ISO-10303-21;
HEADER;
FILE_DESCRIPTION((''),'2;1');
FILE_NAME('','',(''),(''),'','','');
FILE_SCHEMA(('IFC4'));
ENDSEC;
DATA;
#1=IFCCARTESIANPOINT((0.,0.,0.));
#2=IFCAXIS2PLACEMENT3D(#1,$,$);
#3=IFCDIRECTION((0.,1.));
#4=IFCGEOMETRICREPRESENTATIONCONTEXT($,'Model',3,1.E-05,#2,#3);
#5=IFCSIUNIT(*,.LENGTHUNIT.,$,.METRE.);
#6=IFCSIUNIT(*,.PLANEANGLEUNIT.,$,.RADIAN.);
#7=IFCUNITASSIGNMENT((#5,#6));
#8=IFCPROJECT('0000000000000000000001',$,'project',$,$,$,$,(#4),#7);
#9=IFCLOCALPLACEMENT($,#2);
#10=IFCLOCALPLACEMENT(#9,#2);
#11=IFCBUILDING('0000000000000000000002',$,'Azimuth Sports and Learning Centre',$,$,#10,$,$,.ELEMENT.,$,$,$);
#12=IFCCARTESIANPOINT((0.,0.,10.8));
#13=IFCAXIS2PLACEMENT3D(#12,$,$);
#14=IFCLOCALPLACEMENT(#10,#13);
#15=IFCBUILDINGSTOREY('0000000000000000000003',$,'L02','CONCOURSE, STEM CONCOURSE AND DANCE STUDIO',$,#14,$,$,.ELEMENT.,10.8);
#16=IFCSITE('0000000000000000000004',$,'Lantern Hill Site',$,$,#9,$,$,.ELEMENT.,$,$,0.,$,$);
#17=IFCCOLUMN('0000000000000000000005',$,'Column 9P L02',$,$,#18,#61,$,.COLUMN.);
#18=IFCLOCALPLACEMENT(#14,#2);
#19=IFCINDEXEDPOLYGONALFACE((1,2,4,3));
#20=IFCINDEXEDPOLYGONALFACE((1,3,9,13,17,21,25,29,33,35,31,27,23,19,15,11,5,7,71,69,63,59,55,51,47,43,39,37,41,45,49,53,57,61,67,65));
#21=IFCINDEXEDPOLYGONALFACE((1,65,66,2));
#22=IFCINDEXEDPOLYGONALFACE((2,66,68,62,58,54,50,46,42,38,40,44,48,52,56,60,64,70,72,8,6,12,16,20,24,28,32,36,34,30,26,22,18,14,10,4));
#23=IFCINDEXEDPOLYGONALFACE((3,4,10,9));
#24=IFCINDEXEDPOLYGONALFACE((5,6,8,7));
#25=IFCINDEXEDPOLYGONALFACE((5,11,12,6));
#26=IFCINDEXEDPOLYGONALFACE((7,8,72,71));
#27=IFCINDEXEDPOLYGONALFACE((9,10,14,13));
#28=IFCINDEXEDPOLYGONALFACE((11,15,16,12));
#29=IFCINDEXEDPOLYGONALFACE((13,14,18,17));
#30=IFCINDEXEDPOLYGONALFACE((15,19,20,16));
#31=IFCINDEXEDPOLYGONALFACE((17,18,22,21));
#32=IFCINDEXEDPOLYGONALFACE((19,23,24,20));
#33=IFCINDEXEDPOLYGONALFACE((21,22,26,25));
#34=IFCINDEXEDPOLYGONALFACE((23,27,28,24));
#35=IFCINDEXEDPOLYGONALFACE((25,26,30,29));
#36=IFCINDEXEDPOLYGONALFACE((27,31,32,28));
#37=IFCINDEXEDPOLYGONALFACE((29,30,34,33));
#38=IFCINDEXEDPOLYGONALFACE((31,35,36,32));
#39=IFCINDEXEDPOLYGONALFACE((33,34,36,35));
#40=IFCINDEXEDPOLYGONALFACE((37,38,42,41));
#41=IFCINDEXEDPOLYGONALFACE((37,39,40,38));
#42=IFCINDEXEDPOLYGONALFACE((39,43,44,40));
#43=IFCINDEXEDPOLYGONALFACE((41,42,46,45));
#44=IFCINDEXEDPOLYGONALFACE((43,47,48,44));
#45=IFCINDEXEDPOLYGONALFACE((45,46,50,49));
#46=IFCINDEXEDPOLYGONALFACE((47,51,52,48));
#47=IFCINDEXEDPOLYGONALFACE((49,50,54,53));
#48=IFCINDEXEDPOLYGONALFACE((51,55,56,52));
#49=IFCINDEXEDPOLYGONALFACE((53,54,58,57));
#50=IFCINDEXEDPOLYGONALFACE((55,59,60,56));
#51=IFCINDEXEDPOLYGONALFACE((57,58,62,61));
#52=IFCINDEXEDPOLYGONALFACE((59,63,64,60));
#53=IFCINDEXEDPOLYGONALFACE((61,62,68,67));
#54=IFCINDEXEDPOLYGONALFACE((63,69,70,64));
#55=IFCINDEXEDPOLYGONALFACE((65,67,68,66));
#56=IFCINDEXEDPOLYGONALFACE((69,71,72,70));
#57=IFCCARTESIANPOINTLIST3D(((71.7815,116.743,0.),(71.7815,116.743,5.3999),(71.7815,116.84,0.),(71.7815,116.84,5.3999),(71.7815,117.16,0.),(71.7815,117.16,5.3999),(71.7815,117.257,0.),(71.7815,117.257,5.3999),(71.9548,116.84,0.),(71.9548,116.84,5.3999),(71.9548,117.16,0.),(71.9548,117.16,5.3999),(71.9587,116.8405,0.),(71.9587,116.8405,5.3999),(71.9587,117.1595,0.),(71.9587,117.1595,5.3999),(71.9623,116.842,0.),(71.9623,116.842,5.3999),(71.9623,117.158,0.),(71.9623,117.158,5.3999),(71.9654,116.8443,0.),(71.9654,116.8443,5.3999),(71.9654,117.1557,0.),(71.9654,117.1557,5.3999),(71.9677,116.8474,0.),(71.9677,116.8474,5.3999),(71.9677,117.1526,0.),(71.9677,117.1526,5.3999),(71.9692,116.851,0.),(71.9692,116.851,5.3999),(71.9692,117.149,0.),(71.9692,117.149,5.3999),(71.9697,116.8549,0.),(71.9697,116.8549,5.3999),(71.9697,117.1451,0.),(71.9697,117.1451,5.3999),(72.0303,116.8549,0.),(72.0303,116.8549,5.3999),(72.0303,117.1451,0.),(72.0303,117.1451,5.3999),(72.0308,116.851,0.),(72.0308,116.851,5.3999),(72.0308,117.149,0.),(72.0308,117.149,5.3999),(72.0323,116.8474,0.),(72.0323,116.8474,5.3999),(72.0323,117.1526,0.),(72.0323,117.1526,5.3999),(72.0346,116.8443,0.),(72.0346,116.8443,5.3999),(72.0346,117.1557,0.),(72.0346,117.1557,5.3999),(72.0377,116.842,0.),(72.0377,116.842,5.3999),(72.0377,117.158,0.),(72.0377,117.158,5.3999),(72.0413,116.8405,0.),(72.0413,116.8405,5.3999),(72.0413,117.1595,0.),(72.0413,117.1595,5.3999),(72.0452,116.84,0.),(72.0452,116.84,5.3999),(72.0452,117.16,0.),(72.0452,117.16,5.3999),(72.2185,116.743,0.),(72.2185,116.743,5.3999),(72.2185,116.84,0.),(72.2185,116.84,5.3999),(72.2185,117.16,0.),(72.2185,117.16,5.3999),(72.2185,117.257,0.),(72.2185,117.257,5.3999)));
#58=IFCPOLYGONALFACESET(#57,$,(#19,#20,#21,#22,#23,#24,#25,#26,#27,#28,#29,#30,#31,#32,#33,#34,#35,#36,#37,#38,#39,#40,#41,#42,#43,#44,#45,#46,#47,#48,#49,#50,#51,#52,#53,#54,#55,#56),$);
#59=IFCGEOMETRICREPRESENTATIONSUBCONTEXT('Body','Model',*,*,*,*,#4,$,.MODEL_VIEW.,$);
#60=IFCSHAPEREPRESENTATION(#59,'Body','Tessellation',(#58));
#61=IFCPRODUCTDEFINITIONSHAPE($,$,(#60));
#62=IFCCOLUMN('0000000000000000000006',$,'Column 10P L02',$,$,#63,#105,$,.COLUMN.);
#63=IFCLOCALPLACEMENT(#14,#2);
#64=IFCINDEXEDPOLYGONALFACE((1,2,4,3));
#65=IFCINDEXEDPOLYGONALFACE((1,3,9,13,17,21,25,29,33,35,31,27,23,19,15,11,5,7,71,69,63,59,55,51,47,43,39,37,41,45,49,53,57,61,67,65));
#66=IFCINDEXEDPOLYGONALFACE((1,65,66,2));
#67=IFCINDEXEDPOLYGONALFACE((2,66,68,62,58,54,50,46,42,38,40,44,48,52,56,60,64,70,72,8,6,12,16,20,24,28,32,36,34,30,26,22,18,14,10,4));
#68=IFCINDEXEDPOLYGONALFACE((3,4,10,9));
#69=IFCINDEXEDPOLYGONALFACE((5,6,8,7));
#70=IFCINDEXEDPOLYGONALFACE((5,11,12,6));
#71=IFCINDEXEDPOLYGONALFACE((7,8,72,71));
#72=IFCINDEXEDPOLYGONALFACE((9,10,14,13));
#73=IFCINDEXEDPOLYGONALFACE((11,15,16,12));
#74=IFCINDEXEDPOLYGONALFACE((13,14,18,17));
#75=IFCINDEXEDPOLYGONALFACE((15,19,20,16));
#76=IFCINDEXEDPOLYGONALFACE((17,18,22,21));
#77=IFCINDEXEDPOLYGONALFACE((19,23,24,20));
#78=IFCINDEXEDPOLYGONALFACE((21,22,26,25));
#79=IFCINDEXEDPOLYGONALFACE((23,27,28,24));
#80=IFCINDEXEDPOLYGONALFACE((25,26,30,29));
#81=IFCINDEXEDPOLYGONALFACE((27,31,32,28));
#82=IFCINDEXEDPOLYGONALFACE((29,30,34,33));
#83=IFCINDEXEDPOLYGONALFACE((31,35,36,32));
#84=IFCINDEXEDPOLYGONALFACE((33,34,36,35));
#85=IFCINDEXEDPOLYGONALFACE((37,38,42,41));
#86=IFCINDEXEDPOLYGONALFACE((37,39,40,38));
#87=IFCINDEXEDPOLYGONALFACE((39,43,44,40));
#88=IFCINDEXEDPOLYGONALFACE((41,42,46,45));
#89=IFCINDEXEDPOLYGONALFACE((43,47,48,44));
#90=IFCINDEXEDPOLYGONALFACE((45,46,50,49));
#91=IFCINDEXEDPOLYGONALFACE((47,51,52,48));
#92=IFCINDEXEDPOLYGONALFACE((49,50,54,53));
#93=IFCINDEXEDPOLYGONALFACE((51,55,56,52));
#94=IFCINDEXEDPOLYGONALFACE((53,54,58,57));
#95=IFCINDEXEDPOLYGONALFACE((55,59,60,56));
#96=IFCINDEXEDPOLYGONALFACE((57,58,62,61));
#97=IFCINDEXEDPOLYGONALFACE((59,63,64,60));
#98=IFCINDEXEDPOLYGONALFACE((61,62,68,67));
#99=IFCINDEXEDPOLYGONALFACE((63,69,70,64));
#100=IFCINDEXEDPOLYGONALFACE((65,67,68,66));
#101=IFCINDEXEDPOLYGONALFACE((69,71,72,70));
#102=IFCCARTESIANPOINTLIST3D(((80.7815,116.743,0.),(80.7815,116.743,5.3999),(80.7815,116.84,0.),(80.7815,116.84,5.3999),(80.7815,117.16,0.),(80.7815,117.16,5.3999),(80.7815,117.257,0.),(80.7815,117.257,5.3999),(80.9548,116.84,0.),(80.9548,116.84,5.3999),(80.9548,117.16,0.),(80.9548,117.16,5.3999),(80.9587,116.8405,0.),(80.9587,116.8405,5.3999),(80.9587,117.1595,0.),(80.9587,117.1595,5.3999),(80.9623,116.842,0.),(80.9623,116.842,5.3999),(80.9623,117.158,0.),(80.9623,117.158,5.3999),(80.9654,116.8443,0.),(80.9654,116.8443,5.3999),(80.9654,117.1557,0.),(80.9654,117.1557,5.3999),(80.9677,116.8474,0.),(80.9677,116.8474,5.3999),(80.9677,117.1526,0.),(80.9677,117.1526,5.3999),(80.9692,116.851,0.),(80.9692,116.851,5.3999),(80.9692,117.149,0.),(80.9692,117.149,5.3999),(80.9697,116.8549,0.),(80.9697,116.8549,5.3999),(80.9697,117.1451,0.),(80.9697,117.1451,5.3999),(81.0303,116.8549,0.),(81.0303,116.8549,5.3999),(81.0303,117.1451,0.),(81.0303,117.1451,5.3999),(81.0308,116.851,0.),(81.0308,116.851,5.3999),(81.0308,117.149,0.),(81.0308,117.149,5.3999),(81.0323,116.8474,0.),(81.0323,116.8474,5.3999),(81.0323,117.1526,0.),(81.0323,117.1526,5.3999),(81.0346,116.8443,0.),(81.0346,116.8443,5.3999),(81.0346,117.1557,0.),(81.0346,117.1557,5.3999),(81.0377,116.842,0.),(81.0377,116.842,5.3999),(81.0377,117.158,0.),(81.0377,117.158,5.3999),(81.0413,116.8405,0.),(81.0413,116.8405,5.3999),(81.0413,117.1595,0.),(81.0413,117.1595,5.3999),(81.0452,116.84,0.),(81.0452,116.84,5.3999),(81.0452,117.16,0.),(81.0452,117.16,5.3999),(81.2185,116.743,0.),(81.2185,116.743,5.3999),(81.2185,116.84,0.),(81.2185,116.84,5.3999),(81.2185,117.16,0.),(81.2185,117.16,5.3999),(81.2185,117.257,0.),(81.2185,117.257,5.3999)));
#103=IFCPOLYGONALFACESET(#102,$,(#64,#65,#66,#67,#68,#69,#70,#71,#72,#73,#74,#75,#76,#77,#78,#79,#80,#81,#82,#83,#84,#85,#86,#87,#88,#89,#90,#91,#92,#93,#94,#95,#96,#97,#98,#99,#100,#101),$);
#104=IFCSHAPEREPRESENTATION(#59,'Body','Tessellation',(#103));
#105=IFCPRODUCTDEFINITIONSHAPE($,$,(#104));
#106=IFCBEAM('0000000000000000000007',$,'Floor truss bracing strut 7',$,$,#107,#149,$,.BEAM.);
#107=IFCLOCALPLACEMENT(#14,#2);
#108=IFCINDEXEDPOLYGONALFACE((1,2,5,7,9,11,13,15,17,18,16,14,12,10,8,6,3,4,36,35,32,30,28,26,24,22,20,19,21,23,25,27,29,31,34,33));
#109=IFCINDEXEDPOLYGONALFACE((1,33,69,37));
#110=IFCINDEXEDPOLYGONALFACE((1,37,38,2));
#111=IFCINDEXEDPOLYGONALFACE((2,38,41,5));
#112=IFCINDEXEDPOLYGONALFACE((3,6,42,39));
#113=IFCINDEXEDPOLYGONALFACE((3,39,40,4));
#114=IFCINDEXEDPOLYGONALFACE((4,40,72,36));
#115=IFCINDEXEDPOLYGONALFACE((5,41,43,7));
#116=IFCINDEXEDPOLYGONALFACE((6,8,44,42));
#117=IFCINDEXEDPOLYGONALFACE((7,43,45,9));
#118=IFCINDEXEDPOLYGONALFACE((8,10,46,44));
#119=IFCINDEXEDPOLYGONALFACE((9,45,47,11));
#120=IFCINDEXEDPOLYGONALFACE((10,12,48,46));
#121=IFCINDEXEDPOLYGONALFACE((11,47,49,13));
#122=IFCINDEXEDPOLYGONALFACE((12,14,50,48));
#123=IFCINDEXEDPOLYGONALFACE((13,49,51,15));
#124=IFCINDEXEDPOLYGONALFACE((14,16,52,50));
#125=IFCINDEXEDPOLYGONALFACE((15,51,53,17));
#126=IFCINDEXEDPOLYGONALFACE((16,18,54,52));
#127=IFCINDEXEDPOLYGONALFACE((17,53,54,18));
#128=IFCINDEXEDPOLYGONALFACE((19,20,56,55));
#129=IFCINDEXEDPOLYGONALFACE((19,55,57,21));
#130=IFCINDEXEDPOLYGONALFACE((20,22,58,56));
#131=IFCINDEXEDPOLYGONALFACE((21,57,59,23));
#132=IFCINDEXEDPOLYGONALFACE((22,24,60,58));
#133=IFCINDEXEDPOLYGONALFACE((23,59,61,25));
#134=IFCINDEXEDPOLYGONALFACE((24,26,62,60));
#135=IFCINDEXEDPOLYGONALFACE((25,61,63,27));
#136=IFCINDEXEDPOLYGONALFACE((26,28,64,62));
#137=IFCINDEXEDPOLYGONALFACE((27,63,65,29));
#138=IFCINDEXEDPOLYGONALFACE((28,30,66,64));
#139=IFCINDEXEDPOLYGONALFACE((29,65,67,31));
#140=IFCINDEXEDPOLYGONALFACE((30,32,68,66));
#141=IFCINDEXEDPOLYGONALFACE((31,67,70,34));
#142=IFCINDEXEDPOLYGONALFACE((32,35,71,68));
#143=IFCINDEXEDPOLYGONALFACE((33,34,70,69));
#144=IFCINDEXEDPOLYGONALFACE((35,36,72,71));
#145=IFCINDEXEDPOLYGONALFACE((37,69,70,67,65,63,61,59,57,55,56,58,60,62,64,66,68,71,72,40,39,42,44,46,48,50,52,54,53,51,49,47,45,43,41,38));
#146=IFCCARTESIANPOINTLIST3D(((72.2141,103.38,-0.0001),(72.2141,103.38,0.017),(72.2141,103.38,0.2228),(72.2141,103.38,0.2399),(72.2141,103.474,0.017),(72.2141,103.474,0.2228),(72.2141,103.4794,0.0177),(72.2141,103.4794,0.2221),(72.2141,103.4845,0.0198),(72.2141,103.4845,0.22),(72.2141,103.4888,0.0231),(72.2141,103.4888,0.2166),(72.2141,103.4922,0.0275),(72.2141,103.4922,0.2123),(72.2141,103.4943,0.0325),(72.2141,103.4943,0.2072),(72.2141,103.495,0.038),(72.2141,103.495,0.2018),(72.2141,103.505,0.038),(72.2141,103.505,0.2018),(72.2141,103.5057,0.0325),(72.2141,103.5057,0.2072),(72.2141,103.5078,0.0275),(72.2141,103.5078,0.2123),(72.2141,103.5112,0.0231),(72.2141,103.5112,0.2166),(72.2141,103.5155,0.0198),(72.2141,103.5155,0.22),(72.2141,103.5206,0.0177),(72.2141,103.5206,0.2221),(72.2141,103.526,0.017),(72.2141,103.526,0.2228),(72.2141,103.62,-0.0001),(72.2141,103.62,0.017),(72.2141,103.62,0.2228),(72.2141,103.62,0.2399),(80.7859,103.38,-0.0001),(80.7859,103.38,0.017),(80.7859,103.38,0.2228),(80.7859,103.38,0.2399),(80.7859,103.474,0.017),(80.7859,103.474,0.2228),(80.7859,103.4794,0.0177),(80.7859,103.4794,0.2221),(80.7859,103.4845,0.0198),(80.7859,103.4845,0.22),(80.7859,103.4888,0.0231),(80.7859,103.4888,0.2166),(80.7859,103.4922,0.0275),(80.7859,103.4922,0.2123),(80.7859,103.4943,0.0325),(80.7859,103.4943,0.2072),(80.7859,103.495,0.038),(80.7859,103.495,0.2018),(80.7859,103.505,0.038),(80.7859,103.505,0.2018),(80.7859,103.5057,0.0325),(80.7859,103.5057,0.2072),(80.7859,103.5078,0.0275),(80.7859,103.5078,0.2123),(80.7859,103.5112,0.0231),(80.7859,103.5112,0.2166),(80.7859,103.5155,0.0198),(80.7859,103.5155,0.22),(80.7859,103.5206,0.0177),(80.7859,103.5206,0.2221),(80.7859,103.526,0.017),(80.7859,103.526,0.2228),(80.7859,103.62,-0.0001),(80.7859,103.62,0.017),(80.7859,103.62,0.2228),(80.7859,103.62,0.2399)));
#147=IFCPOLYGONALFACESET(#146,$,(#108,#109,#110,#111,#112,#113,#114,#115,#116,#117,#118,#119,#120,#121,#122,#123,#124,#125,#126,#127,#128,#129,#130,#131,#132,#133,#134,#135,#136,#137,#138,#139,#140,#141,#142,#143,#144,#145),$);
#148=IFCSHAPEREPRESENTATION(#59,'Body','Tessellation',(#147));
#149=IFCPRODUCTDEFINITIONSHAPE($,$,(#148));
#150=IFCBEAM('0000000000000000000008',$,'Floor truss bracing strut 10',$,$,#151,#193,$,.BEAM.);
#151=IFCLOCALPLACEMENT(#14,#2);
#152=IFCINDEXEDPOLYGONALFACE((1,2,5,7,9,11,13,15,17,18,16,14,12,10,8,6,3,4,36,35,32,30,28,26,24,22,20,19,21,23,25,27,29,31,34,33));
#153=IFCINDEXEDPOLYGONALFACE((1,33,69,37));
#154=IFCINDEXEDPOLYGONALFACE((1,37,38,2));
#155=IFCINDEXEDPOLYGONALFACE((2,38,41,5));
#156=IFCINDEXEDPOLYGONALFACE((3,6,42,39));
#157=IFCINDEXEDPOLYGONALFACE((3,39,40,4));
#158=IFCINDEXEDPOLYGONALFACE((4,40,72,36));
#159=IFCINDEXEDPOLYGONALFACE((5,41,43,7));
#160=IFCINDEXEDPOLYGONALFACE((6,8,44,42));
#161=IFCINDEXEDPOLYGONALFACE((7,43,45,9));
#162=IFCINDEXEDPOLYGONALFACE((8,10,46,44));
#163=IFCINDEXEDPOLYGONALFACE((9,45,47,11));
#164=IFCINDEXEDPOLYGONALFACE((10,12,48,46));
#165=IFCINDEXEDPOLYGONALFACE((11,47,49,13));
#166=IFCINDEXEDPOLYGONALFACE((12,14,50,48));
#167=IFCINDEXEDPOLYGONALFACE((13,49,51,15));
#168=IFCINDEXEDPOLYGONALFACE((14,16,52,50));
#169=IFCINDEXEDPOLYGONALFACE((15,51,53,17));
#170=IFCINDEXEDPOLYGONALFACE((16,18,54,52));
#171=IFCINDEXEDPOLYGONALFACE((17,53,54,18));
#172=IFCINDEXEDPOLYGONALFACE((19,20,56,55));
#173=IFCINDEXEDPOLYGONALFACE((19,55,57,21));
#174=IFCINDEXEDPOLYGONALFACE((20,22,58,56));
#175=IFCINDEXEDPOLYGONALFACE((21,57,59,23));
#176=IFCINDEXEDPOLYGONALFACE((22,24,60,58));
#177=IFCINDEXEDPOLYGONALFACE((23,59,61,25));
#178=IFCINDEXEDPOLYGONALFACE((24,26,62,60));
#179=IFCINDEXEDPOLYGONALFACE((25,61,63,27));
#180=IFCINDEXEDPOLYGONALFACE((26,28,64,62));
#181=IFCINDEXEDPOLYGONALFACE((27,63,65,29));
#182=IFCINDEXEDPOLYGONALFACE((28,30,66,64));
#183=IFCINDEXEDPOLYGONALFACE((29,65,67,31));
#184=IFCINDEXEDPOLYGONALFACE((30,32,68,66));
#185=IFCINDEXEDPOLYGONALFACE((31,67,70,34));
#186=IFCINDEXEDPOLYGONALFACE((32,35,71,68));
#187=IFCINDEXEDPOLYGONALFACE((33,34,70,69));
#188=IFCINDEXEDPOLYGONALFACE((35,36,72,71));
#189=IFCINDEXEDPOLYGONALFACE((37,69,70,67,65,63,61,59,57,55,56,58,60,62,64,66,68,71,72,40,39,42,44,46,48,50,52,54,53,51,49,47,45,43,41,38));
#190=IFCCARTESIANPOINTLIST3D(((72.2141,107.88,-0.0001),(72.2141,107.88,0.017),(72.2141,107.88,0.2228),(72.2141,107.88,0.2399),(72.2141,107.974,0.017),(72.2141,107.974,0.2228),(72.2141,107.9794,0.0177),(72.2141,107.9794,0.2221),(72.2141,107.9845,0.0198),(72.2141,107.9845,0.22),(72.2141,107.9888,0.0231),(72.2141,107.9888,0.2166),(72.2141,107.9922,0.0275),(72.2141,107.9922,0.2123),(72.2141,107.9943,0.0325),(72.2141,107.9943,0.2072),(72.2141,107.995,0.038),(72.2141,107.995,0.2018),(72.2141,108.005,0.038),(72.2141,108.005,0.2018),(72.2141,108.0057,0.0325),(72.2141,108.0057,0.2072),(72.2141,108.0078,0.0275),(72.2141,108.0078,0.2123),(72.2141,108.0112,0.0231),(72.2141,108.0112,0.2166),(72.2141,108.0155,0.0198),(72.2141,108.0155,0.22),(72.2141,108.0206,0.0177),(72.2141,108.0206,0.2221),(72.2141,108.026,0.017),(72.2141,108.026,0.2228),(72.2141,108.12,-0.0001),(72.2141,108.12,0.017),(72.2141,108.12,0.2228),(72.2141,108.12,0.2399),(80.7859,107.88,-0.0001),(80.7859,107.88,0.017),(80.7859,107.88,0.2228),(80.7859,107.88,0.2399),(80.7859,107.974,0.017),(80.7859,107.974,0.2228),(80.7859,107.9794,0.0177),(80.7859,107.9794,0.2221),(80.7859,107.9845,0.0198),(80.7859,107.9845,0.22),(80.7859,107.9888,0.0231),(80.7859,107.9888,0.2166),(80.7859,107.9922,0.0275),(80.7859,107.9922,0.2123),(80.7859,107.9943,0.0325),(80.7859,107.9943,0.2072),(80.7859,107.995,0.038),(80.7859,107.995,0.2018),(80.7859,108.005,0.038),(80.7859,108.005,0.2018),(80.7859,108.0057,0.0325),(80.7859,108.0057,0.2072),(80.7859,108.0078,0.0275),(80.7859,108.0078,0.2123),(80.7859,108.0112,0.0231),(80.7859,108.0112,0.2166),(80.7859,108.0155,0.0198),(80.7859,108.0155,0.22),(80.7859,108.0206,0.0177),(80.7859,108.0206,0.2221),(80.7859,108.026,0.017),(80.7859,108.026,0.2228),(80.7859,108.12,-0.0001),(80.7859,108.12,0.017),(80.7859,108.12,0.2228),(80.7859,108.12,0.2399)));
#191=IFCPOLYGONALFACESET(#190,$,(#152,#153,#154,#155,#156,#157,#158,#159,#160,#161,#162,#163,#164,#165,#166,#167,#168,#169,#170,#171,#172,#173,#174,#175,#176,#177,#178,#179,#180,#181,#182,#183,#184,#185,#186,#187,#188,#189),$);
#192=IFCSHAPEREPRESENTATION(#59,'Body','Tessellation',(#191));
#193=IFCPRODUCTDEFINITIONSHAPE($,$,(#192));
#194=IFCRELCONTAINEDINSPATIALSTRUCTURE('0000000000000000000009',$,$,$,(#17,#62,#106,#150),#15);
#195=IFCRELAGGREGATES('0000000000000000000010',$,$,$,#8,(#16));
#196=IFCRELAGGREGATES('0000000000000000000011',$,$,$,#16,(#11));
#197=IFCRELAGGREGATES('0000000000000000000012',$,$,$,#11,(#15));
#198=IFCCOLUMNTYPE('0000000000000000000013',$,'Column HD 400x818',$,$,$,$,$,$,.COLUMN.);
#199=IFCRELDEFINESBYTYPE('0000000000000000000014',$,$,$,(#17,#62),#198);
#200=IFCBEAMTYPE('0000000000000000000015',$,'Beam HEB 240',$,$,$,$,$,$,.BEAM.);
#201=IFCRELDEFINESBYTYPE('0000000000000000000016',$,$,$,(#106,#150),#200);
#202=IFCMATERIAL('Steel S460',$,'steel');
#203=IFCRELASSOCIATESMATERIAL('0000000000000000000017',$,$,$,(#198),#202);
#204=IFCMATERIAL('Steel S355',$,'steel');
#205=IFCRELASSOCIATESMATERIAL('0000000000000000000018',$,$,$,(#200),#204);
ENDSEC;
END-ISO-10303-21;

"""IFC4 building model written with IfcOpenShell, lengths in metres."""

from ifc_helpers import new_model, si_unit, direction, frame, origin, origin_2d, place, context, subcontext, project, spatial, i_section, extrude, material, material_profile, profile_set, type_object, element, save


model = new_model("IFC4")

# Units and contexts
model_context = context("Model", 3, precision=1e-05, world=origin(), true_north=direction((0.0, 1.0)))
body_context = subcontext(model_context, "Body", "Model", "MODEL_VIEW")
ifc_project = project(units=[si_unit("LENGTHUNIT", "METRE"), si_unit("PLANEANGLEUNIT", "RADIAN")], contexts=[model_context])

# Site, building, storey
site_placement = place(None, origin())
site = spatial("IfcSite", under=ifc_project, at=site_placement, Name="Lantern Hill Site", CompositionType="ELEMENT", RefElevation=0.0)
building_placement = place(site_placement, origin())
building = spatial("IfcBuilding", under=site, at=building_placement, Name="Azimuth Sports and Learning Centre", CompositionType="ELEMENT")
storey_placement = place(building_placement, frame((0.0, 0.0, 10.8)))
storey = spatial("IfcBuildingStorey", under=building, at=storey_placement, Name="L02", Description="CONCOURSE, STEM CONCOURSE AND DANCE STUDIO", CompositionType="ELEMENT", Elevation=10.8)

# Columns
ifc_material_1 = material(Name="Steel S460", Category="steel")
ifc_material_profile_1 = material_profile(ifc_material_1, i_section(OverallWidth=0.437, OverallDepth=0.5139, WebThickness=0.0605, FlangeThickness=0.0969, FilletRadius=0.0149, at=origin_2d()), Name="HD 400x818")
ifc_profile_set_1 = profile_set([ifc_material_profile_1], Name="Steel S460")
column_type = type_object("IfcColumnType", Name="Column HD 400x818", PredefinedType="COLUMN", material=ifc_profile_set_1)
for number, where, z_axis, x_axis, name in (
    (1, (72.0, 117.0, 0.0), (0.0, 0.0, 1.0), (1.0, 0.0, 0.0), "Column 9P L02"),
    (2, (81.0, 117.0, 0.0), (0.0, 0.0, 1.0), (1.0, 0.0, 0.0), "Column 10P L02"),
):
    element("IfcColumn", number, at=place(storey_placement, frame(where, z_axis=z_axis, x_axis=x_axis)), inside=storey, type_object=column_type, Name=name, PredefinedType="COLUMN", context=body_context, shape_type="SweptSolid", body=[
        extrude(i_section(OverallWidth=0.437, OverallDepth=0.5139, WebThickness=0.0605, FlangeThickness=0.0969, FilletRadius=0.0149, at=origin_2d()), origin(), (0.0, 0.0, 1.0), 5.3999),
    ])

# Beams
ifc_material_2 = material(Name="Steel S355", Category="steel")
ifc_material_profile_2 = material_profile(ifc_material_2, i_section(OverallWidth=0.24, OverallDepth=0.24, WebThickness=0.01, FlangeThickness=0.0171, FilletRadius=0.021, at=origin_2d()), Name="HEB 240")
ifc_profile_set_2 = profile_set([ifc_material_profile_2], Name="Steel S355")
beam_type_1 = type_object("IfcBeamType", Name="Beam HEB 240", PredefinedType="BEAM", material=ifc_profile_set_2)
for number, where, z_axis, x_axis, name in (
    (3, (72.2141, 103.5, 0.1199), (1.0, 0.0, 0.0), (0.0, 1.0, 0.0), "Floor truss bracing strut 7"),
    (4, (72.2141, 108.0, 0.1199), (1.0, 0.0, 0.0), (0.0, 1.0, 0.0), "Floor truss bracing strut 10"),
):
    element("IfcBeam", number, at=place(storey_placement, frame(where, z_axis=z_axis, x_axis=x_axis)), inside=storey, type_object=beam_type_1, Name=name, PredefinedType="BEAM", context=body_context, shape_type="SweptSolid", body=[
        extrude(i_section(OverallWidth=0.24, OverallDepth=0.24, WebThickness=0.01, FlangeThickness=0.0171, FilletRadius=0.021, at=origin_2d()), origin(), (0.0, 0.0, 1.0), 8.5718),
    ])

save(model, "model.ifc")
